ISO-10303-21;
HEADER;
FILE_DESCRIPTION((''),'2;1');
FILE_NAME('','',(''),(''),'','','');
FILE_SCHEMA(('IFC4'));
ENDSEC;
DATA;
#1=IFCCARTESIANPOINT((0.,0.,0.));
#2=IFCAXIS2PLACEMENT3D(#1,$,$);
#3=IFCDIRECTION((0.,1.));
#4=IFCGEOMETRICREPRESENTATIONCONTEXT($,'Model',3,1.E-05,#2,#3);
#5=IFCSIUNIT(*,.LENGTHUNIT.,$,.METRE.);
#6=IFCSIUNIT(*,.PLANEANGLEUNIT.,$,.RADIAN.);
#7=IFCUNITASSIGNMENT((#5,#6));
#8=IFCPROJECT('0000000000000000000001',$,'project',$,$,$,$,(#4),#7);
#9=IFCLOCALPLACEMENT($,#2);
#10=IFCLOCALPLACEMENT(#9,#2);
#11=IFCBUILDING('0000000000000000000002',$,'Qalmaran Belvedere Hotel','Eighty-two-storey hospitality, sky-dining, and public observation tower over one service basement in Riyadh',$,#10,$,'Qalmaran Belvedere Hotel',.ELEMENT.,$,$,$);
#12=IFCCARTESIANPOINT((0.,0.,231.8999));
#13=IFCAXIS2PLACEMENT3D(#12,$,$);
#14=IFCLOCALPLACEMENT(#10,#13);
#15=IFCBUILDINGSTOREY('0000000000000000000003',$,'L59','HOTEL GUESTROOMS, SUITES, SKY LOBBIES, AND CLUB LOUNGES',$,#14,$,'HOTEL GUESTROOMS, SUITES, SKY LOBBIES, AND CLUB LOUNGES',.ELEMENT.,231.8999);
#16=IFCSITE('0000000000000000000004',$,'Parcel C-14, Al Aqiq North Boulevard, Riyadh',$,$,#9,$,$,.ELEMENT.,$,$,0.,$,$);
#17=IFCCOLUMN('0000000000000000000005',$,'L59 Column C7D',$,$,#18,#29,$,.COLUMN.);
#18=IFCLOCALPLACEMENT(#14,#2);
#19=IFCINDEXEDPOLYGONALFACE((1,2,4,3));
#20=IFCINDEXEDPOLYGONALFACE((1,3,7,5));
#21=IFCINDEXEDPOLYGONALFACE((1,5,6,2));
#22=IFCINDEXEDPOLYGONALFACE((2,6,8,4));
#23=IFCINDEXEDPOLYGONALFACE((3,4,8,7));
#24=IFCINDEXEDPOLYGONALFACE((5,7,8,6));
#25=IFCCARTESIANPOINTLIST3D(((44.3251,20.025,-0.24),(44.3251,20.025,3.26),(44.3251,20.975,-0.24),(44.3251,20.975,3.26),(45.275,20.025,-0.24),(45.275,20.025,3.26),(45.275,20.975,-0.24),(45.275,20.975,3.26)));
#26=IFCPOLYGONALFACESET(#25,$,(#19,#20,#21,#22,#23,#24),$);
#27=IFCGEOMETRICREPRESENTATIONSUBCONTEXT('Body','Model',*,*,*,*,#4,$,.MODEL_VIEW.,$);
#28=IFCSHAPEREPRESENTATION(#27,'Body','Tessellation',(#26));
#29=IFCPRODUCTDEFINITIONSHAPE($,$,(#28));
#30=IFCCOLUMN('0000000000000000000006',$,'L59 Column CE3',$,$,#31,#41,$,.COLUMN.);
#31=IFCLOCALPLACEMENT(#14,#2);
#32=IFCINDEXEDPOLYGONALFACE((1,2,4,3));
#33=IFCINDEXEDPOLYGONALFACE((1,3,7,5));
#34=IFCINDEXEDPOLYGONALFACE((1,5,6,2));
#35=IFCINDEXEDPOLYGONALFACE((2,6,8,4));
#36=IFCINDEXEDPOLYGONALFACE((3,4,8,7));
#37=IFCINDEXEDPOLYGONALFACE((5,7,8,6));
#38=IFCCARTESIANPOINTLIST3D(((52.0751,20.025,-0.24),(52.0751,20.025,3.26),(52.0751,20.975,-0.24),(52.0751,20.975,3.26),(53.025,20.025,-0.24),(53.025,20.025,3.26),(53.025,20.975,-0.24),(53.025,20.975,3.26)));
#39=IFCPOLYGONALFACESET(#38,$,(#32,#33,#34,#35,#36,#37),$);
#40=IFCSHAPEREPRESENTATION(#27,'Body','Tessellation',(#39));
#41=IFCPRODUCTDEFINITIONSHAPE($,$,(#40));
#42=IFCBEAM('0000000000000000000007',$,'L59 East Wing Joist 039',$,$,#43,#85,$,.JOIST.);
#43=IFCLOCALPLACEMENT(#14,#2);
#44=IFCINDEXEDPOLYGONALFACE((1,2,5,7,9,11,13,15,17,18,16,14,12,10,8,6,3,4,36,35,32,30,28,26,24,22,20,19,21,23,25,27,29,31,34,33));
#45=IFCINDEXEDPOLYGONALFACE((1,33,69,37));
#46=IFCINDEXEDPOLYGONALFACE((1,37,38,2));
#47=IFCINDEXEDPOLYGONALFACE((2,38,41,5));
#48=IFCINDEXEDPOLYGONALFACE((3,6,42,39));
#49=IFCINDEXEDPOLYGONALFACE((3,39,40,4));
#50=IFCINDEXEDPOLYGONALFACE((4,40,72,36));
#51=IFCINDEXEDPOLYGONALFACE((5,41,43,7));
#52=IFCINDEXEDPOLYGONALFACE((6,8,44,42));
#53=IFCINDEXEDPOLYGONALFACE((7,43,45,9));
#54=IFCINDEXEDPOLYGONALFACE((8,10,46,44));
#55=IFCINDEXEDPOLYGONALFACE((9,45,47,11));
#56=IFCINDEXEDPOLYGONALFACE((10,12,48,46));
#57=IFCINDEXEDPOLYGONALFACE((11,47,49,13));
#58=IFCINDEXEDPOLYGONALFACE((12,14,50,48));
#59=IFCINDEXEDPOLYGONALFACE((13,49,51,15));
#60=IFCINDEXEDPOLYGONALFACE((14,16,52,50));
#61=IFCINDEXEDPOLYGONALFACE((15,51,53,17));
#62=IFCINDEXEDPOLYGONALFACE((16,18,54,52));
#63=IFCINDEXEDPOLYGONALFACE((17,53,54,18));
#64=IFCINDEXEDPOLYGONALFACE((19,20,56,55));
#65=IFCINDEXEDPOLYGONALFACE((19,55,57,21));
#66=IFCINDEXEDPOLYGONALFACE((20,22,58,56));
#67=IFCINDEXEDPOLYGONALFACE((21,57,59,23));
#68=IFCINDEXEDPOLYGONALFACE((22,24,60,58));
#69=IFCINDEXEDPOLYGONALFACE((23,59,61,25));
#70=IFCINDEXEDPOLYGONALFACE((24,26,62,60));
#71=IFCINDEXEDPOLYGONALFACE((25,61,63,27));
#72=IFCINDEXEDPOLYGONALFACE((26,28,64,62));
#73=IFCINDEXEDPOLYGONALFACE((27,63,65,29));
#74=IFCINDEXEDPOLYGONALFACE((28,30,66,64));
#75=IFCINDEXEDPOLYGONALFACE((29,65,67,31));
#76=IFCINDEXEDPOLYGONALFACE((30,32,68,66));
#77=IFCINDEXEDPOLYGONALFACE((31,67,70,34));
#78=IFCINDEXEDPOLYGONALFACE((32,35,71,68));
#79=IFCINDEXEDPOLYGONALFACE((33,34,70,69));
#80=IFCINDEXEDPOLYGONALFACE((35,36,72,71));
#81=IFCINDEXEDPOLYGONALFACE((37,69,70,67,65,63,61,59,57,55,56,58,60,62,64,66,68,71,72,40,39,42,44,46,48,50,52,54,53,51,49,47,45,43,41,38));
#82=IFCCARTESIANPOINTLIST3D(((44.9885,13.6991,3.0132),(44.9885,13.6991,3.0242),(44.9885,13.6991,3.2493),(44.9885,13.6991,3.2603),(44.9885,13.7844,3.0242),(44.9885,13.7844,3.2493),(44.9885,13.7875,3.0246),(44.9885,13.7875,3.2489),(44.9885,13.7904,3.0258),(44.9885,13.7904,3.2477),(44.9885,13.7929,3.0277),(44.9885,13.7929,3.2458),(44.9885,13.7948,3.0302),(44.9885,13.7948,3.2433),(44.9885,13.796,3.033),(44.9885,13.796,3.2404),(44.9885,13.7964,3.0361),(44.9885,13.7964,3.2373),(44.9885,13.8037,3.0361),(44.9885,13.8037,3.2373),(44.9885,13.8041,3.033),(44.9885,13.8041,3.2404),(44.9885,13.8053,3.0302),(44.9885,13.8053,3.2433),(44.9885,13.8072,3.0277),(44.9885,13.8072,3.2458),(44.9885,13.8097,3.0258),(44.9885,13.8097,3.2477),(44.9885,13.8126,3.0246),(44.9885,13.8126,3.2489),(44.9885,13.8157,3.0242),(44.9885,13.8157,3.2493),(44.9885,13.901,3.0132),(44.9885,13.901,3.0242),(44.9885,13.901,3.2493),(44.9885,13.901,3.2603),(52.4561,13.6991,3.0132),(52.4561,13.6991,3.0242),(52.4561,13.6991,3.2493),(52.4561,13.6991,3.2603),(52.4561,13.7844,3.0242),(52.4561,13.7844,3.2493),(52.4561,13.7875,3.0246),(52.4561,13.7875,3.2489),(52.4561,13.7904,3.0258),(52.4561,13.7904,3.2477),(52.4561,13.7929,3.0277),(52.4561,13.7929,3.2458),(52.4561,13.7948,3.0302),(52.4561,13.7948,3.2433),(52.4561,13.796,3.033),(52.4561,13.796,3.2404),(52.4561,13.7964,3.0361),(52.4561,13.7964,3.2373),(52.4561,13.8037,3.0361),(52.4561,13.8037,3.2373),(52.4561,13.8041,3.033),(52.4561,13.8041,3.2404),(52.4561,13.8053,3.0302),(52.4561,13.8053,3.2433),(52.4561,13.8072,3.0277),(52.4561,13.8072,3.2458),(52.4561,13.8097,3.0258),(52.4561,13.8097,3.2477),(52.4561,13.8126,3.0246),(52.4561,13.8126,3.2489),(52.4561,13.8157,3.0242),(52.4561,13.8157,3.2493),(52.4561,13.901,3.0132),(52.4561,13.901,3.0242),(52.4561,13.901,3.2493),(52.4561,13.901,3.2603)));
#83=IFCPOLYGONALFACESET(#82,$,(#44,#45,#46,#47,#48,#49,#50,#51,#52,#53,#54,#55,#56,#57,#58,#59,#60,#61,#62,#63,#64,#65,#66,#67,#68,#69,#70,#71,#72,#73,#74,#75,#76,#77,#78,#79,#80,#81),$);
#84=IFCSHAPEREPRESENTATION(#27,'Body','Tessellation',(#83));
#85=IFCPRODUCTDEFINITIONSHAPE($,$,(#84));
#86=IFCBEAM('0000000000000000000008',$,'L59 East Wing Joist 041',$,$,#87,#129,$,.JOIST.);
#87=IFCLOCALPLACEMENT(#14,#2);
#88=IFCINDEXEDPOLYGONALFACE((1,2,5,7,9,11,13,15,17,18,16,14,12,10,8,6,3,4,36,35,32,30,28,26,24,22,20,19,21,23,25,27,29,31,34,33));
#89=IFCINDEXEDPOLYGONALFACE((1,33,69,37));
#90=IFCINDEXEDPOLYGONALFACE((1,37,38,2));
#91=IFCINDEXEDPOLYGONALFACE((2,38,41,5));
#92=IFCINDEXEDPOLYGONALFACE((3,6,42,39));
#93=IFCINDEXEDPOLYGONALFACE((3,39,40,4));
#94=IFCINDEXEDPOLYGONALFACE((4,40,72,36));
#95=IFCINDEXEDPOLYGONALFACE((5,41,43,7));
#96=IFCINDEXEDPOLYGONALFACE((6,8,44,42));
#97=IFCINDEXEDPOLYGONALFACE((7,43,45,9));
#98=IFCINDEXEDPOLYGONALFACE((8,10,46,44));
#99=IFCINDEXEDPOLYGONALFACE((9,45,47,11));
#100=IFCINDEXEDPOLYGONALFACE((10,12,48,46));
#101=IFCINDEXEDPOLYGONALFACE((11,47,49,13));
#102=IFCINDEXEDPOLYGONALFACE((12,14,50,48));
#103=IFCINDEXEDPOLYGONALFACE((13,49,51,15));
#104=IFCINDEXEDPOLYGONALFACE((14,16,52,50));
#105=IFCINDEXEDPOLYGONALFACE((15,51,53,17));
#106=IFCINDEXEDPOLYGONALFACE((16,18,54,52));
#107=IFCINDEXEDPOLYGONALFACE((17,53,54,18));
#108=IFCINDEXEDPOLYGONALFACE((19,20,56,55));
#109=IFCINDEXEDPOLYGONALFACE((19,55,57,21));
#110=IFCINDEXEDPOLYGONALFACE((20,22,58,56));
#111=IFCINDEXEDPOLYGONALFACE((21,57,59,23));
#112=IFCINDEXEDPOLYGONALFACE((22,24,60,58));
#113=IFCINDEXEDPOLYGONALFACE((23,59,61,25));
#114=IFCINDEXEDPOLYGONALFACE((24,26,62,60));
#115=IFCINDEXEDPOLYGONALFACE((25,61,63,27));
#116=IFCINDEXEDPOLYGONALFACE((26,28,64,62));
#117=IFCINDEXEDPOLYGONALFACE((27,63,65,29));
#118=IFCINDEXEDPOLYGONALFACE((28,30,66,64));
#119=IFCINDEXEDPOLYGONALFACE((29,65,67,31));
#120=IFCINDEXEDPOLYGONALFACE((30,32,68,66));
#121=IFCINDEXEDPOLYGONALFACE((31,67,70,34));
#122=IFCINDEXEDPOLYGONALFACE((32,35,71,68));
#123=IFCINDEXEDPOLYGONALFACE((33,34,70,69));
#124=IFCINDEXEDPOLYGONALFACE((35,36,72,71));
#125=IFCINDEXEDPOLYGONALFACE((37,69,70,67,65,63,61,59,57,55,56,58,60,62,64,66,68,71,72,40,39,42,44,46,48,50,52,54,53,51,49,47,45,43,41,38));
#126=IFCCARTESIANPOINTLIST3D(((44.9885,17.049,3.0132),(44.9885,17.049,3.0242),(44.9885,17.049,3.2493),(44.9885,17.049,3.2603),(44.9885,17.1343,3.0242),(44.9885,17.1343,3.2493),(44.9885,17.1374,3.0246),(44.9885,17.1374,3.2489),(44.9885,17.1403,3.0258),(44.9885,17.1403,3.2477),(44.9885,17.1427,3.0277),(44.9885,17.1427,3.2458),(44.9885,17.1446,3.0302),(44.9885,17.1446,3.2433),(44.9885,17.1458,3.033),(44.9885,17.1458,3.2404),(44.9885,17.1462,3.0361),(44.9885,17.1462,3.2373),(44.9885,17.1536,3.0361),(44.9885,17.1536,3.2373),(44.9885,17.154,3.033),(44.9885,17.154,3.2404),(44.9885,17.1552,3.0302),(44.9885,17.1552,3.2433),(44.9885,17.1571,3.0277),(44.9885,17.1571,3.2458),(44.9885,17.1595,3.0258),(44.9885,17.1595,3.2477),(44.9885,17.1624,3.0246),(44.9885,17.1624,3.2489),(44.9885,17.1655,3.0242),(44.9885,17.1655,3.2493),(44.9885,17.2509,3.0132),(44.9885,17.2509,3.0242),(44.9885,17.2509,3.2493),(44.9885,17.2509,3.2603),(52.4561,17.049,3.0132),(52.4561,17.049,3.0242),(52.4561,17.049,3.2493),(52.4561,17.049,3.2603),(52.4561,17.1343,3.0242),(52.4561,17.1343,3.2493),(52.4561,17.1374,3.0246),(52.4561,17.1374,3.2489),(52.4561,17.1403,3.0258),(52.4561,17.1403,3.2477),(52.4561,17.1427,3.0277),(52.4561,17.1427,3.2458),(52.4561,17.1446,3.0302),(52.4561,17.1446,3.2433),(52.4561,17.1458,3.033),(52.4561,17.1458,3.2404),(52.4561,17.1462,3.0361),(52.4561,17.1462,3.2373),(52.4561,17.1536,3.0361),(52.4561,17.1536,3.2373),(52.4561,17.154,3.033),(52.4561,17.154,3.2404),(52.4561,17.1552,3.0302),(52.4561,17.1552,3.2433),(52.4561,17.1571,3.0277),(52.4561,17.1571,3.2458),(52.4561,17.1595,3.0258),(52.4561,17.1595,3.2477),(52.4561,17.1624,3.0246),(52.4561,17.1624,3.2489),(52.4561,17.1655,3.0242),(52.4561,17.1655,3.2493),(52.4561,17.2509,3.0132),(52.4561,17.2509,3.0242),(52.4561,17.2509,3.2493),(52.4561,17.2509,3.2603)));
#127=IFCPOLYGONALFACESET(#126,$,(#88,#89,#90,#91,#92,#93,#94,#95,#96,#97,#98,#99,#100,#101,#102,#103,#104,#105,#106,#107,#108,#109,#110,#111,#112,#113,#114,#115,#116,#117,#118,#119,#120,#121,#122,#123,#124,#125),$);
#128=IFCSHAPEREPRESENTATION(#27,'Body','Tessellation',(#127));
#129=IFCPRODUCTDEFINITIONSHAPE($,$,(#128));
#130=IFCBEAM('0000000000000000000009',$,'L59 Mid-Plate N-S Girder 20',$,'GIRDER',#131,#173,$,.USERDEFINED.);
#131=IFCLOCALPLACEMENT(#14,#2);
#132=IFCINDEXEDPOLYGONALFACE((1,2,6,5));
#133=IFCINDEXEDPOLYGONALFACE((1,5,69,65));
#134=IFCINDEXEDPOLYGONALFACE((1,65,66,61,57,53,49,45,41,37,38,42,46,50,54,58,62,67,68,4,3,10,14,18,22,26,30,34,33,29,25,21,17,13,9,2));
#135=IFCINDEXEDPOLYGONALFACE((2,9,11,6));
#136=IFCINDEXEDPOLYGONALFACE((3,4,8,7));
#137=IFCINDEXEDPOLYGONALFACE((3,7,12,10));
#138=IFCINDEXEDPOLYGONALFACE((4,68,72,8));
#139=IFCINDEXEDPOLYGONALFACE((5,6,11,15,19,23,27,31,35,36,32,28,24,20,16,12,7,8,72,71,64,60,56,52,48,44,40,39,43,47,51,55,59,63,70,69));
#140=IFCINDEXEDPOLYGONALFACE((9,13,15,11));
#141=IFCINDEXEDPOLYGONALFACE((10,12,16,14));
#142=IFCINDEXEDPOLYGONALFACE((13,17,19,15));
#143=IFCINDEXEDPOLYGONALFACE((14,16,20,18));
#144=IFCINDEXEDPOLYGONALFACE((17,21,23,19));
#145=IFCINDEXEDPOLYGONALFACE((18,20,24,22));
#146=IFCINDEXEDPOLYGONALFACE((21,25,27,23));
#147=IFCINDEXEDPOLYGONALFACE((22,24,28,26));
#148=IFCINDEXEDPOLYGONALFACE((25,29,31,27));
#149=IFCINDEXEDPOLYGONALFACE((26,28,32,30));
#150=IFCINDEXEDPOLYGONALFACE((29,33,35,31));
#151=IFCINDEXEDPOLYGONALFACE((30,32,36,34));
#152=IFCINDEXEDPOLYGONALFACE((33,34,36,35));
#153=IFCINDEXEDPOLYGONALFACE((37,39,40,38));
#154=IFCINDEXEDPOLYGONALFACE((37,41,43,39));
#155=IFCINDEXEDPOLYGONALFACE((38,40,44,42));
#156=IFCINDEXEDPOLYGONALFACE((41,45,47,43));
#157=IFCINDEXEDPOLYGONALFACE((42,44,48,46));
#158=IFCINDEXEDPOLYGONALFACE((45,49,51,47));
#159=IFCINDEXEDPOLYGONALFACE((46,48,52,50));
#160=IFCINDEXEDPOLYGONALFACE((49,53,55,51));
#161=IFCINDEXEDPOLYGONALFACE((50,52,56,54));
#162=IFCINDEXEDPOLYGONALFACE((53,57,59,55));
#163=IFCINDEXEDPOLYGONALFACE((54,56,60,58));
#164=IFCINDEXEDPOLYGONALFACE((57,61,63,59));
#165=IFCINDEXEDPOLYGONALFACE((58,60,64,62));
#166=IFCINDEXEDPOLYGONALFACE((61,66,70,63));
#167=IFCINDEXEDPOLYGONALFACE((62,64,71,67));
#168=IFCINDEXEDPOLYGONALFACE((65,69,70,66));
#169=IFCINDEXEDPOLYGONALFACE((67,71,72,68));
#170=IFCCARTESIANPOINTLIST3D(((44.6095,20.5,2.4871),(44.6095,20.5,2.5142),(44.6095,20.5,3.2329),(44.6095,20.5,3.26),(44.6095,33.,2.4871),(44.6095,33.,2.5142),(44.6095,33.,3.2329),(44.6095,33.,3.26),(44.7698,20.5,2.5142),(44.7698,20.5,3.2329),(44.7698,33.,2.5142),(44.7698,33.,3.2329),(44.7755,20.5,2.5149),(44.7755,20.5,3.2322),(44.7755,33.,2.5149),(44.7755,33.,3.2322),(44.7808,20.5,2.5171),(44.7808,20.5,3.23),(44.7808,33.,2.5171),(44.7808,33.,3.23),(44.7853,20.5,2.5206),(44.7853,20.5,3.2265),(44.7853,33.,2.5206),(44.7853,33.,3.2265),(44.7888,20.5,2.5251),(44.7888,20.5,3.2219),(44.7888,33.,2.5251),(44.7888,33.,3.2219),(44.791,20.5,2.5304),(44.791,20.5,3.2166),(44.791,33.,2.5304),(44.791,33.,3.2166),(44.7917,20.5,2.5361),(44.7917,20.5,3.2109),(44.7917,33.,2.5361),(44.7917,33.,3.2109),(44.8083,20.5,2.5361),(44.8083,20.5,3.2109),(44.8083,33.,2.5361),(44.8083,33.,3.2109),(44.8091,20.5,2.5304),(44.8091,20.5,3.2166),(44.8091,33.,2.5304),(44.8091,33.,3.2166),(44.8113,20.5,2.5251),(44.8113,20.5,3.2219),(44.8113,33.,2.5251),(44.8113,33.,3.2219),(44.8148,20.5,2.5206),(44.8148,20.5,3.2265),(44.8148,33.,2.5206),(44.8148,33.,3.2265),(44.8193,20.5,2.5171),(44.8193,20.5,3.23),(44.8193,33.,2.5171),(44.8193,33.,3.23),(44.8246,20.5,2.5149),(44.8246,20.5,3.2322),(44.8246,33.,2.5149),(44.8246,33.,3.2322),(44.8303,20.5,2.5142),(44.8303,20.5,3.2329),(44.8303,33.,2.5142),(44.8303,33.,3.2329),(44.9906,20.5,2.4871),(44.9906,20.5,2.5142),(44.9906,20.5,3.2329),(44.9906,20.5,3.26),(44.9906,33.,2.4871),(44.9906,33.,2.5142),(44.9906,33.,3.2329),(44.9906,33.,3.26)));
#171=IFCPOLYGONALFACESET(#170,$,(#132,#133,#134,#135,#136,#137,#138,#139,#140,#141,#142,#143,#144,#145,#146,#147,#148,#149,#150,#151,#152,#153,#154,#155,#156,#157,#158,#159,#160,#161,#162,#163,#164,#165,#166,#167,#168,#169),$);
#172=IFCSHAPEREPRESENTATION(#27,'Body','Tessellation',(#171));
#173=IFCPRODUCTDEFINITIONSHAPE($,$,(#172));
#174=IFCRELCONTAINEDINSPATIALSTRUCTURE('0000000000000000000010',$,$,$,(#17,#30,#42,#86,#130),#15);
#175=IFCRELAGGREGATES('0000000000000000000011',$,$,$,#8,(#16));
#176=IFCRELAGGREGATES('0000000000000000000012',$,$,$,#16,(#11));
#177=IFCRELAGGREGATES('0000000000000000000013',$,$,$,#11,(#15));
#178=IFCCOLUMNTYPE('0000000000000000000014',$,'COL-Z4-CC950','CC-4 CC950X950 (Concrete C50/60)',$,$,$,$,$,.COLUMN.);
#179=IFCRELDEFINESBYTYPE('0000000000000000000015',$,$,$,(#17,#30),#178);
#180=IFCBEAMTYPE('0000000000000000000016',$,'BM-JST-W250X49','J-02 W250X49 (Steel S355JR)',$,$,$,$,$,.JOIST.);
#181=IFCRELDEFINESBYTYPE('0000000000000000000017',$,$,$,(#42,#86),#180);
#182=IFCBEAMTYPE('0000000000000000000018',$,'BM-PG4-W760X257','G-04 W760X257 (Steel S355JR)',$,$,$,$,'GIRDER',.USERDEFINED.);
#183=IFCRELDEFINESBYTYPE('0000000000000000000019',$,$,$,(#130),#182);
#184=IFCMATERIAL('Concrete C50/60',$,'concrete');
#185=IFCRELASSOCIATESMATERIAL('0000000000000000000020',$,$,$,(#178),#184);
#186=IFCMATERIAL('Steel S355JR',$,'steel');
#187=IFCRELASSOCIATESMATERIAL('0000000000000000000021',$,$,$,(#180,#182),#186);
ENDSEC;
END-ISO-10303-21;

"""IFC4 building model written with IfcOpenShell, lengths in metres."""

from ifc_helpers import new_model, si_unit, direction, frame, origin, origin_2d, place, context, subcontext, project, spatial, rectangle, i_section, extrude, material, material_profile, profile_set, type_object, element, save


model = new_model("IFC4")

# Units and contexts
model_context = context("Model", 3, precision=1e-05, world=origin(), true_north=direction((0.0, 1.0)))
body_context = subcontext(model_context, "Body", "Model", "MODEL_VIEW")
ifc_project = project(units=[si_unit("LENGTHUNIT", "METRE"), si_unit("PLANEANGLEUNIT", "RADIAN")], contexts=[model_context])

# Site, building, storey
site_placement = place(None, origin())
site = spatial("IfcSite", under=ifc_project, at=site_placement, Name="Parcel C-14, Al Aqiq North Boulevard, Riyadh", CompositionType="ELEMENT", RefElevation=0.0)
building_placement = place(site_placement, origin())
building = spatial("IfcBuilding", under=site, at=building_placement, Name="Qalmaran Belvedere Hotel", Description="Eighty-two-storey hospitality, sky-dining, and public observation tower over one service basement in Riyadh", LongName="Qalmaran Belvedere Hotel", CompositionType="ELEMENT")
storey_placement = place(building_placement, frame((0.0, 0.0, 231.8999)))
storey = spatial("IfcBuildingStorey", under=building, at=storey_placement, Name="L59", Description="HOTEL GUESTROOMS, SUITES, SKY LOBBIES, AND CLUB LOUNGES", LongName="HOTEL GUESTROOMS, SUITES, SKY LOBBIES, AND CLUB LOUNGES", CompositionType="ELEMENT", Elevation=231.8999)

# Columns
ifc_material_1 = material(Name="Concrete C50/60", Category="concrete")
ifc_material_profile_1 = material_profile(ifc_material_1, rectangle(XDim=0.95, YDim=0.95, at=origin_2d()), Name="CC950X950")
ifc_profile_set_1 = profile_set([ifc_material_profile_1], Name="Concrete C50/60")
column_type = type_object("IfcColumnType", Name="COL-Z4-CC950", Description="CC-4 CC950X950 (Concrete C50/60)", PredefinedType="COLUMN", material=ifc_profile_set_1)
for number, where, z_axis, x_axis, name in (
    (1, (44.8, 20.5, -0.24), (0.0, 0.0, 1.0), (1.0, 0.0, 0.0), "L59 Column C7D"),
    (2, (52.55, 20.5, -0.24), (0.0, 0.0, 1.0), (1.0, 0.0, 0.0), "L59 Column CE3"),
):
    element("IfcColumn", number, at=place(storey_placement, frame(where, z_axis=z_axis, x_axis=x_axis)), inside=storey, type_object=column_type, Name=name, PredefinedType="COLUMN", context=body_context, shape_type="SweptSolid", body=[
        extrude(rectangle(XDim=0.95, YDim=0.95, at=origin_2d()), origin(), (0.0, 0.0, 1.0), 3.5),
    ])

# Beams
ifc_material_2 = material(Name="Steel S355JR", Category="steel")
ifc_material_profile_2 = material_profile(ifc_material_2, i_section(OverallWidth=0.2019, OverallDepth=0.2471, WebThickness=0.0073, FlangeThickness=0.011, FilletRadius=0.012, at=origin_2d()), Name="W250X49")
ifc_profile_set_2 = profile_set([ifc_material_profile_2], Name="Steel S355JR")
beam_type_1 = type_object("IfcBeamType", Name="BM-JST-W250X49", Description="J-02 W250X49 (Steel S355JR)", PredefinedType="JOIST", material=ifc_profile_set_2)
for number, where, z_axis, x_axis, name in (
    (3, (44.9885, 13.8, 3.1367), (1.0, 0.0, 0.0), (0.0, 1.0, 0.0), "L59 East Wing Joist 039"),
    (4, (44.9885, 17.1499, 3.1367), (1.0, 0.0, 0.0), (0.0, 1.0, 0.0), "L59 East Wing Joist 041"),
):
    element("IfcBeam", number, at=place(storey_placement, frame(where, z_axis=z_axis, x_axis=x_axis)), inside=storey, type_object=beam_type_1, Name=name, PredefinedType="JOIST", context=body_context, shape_type="SweptSolid", body=[
        extrude(i_section(OverallWidth=0.2019, OverallDepth=0.2471, WebThickness=0.0073, FlangeThickness=0.011, FilletRadius=0.012, at=origin_2d()), origin(), (0.0, 0.0, 1.0), 7.4675),
    ])
ifc_material_profile_3 = material_profile(ifc_material_2, i_section(OverallWidth=0.3811, OverallDepth=0.7729, WebThickness=0.0166, FlangeThickness=0.0271, FilletRadius=0.022, at=origin_2d()), Name="W760X257")
ifc_profile_set_3 = profile_set([ifc_material_profile_3], Name="Steel S355JR")
beam_type_2 = type_object("IfcBeamType", Name="BM-PG4-W760X257", Description="G-04 W760X257 (Steel S355JR)", ElementType="GIRDER", PredefinedType="USERDEFINED", material=ifc_profile_set_3)
beam_1_placement = place(storey_placement, frame((44.8, 20.5, 2.8735), z_axis=(0.0, 1.0, 0.0), x_axis=(-1.0, 0.0, 0.0)))
element("IfcBeam", 5, at=beam_1_placement, inside=storey, type_object=beam_type_2, Name="L59 Mid-Plate N-S Girder 20", ObjectType="GIRDER", PredefinedType="USERDEFINED", context=body_context, shape_type="SweptSolid", body=[
    extrude(i_section(OverallWidth=0.3811, OverallDepth=0.7729, WebThickness=0.0166, FlangeThickness=0.0271, FilletRadius=0.022, at=origin_2d()), origin(), (0.0, 0.0, 1.0), 12.5),
])

save(model, "model.ifc")
